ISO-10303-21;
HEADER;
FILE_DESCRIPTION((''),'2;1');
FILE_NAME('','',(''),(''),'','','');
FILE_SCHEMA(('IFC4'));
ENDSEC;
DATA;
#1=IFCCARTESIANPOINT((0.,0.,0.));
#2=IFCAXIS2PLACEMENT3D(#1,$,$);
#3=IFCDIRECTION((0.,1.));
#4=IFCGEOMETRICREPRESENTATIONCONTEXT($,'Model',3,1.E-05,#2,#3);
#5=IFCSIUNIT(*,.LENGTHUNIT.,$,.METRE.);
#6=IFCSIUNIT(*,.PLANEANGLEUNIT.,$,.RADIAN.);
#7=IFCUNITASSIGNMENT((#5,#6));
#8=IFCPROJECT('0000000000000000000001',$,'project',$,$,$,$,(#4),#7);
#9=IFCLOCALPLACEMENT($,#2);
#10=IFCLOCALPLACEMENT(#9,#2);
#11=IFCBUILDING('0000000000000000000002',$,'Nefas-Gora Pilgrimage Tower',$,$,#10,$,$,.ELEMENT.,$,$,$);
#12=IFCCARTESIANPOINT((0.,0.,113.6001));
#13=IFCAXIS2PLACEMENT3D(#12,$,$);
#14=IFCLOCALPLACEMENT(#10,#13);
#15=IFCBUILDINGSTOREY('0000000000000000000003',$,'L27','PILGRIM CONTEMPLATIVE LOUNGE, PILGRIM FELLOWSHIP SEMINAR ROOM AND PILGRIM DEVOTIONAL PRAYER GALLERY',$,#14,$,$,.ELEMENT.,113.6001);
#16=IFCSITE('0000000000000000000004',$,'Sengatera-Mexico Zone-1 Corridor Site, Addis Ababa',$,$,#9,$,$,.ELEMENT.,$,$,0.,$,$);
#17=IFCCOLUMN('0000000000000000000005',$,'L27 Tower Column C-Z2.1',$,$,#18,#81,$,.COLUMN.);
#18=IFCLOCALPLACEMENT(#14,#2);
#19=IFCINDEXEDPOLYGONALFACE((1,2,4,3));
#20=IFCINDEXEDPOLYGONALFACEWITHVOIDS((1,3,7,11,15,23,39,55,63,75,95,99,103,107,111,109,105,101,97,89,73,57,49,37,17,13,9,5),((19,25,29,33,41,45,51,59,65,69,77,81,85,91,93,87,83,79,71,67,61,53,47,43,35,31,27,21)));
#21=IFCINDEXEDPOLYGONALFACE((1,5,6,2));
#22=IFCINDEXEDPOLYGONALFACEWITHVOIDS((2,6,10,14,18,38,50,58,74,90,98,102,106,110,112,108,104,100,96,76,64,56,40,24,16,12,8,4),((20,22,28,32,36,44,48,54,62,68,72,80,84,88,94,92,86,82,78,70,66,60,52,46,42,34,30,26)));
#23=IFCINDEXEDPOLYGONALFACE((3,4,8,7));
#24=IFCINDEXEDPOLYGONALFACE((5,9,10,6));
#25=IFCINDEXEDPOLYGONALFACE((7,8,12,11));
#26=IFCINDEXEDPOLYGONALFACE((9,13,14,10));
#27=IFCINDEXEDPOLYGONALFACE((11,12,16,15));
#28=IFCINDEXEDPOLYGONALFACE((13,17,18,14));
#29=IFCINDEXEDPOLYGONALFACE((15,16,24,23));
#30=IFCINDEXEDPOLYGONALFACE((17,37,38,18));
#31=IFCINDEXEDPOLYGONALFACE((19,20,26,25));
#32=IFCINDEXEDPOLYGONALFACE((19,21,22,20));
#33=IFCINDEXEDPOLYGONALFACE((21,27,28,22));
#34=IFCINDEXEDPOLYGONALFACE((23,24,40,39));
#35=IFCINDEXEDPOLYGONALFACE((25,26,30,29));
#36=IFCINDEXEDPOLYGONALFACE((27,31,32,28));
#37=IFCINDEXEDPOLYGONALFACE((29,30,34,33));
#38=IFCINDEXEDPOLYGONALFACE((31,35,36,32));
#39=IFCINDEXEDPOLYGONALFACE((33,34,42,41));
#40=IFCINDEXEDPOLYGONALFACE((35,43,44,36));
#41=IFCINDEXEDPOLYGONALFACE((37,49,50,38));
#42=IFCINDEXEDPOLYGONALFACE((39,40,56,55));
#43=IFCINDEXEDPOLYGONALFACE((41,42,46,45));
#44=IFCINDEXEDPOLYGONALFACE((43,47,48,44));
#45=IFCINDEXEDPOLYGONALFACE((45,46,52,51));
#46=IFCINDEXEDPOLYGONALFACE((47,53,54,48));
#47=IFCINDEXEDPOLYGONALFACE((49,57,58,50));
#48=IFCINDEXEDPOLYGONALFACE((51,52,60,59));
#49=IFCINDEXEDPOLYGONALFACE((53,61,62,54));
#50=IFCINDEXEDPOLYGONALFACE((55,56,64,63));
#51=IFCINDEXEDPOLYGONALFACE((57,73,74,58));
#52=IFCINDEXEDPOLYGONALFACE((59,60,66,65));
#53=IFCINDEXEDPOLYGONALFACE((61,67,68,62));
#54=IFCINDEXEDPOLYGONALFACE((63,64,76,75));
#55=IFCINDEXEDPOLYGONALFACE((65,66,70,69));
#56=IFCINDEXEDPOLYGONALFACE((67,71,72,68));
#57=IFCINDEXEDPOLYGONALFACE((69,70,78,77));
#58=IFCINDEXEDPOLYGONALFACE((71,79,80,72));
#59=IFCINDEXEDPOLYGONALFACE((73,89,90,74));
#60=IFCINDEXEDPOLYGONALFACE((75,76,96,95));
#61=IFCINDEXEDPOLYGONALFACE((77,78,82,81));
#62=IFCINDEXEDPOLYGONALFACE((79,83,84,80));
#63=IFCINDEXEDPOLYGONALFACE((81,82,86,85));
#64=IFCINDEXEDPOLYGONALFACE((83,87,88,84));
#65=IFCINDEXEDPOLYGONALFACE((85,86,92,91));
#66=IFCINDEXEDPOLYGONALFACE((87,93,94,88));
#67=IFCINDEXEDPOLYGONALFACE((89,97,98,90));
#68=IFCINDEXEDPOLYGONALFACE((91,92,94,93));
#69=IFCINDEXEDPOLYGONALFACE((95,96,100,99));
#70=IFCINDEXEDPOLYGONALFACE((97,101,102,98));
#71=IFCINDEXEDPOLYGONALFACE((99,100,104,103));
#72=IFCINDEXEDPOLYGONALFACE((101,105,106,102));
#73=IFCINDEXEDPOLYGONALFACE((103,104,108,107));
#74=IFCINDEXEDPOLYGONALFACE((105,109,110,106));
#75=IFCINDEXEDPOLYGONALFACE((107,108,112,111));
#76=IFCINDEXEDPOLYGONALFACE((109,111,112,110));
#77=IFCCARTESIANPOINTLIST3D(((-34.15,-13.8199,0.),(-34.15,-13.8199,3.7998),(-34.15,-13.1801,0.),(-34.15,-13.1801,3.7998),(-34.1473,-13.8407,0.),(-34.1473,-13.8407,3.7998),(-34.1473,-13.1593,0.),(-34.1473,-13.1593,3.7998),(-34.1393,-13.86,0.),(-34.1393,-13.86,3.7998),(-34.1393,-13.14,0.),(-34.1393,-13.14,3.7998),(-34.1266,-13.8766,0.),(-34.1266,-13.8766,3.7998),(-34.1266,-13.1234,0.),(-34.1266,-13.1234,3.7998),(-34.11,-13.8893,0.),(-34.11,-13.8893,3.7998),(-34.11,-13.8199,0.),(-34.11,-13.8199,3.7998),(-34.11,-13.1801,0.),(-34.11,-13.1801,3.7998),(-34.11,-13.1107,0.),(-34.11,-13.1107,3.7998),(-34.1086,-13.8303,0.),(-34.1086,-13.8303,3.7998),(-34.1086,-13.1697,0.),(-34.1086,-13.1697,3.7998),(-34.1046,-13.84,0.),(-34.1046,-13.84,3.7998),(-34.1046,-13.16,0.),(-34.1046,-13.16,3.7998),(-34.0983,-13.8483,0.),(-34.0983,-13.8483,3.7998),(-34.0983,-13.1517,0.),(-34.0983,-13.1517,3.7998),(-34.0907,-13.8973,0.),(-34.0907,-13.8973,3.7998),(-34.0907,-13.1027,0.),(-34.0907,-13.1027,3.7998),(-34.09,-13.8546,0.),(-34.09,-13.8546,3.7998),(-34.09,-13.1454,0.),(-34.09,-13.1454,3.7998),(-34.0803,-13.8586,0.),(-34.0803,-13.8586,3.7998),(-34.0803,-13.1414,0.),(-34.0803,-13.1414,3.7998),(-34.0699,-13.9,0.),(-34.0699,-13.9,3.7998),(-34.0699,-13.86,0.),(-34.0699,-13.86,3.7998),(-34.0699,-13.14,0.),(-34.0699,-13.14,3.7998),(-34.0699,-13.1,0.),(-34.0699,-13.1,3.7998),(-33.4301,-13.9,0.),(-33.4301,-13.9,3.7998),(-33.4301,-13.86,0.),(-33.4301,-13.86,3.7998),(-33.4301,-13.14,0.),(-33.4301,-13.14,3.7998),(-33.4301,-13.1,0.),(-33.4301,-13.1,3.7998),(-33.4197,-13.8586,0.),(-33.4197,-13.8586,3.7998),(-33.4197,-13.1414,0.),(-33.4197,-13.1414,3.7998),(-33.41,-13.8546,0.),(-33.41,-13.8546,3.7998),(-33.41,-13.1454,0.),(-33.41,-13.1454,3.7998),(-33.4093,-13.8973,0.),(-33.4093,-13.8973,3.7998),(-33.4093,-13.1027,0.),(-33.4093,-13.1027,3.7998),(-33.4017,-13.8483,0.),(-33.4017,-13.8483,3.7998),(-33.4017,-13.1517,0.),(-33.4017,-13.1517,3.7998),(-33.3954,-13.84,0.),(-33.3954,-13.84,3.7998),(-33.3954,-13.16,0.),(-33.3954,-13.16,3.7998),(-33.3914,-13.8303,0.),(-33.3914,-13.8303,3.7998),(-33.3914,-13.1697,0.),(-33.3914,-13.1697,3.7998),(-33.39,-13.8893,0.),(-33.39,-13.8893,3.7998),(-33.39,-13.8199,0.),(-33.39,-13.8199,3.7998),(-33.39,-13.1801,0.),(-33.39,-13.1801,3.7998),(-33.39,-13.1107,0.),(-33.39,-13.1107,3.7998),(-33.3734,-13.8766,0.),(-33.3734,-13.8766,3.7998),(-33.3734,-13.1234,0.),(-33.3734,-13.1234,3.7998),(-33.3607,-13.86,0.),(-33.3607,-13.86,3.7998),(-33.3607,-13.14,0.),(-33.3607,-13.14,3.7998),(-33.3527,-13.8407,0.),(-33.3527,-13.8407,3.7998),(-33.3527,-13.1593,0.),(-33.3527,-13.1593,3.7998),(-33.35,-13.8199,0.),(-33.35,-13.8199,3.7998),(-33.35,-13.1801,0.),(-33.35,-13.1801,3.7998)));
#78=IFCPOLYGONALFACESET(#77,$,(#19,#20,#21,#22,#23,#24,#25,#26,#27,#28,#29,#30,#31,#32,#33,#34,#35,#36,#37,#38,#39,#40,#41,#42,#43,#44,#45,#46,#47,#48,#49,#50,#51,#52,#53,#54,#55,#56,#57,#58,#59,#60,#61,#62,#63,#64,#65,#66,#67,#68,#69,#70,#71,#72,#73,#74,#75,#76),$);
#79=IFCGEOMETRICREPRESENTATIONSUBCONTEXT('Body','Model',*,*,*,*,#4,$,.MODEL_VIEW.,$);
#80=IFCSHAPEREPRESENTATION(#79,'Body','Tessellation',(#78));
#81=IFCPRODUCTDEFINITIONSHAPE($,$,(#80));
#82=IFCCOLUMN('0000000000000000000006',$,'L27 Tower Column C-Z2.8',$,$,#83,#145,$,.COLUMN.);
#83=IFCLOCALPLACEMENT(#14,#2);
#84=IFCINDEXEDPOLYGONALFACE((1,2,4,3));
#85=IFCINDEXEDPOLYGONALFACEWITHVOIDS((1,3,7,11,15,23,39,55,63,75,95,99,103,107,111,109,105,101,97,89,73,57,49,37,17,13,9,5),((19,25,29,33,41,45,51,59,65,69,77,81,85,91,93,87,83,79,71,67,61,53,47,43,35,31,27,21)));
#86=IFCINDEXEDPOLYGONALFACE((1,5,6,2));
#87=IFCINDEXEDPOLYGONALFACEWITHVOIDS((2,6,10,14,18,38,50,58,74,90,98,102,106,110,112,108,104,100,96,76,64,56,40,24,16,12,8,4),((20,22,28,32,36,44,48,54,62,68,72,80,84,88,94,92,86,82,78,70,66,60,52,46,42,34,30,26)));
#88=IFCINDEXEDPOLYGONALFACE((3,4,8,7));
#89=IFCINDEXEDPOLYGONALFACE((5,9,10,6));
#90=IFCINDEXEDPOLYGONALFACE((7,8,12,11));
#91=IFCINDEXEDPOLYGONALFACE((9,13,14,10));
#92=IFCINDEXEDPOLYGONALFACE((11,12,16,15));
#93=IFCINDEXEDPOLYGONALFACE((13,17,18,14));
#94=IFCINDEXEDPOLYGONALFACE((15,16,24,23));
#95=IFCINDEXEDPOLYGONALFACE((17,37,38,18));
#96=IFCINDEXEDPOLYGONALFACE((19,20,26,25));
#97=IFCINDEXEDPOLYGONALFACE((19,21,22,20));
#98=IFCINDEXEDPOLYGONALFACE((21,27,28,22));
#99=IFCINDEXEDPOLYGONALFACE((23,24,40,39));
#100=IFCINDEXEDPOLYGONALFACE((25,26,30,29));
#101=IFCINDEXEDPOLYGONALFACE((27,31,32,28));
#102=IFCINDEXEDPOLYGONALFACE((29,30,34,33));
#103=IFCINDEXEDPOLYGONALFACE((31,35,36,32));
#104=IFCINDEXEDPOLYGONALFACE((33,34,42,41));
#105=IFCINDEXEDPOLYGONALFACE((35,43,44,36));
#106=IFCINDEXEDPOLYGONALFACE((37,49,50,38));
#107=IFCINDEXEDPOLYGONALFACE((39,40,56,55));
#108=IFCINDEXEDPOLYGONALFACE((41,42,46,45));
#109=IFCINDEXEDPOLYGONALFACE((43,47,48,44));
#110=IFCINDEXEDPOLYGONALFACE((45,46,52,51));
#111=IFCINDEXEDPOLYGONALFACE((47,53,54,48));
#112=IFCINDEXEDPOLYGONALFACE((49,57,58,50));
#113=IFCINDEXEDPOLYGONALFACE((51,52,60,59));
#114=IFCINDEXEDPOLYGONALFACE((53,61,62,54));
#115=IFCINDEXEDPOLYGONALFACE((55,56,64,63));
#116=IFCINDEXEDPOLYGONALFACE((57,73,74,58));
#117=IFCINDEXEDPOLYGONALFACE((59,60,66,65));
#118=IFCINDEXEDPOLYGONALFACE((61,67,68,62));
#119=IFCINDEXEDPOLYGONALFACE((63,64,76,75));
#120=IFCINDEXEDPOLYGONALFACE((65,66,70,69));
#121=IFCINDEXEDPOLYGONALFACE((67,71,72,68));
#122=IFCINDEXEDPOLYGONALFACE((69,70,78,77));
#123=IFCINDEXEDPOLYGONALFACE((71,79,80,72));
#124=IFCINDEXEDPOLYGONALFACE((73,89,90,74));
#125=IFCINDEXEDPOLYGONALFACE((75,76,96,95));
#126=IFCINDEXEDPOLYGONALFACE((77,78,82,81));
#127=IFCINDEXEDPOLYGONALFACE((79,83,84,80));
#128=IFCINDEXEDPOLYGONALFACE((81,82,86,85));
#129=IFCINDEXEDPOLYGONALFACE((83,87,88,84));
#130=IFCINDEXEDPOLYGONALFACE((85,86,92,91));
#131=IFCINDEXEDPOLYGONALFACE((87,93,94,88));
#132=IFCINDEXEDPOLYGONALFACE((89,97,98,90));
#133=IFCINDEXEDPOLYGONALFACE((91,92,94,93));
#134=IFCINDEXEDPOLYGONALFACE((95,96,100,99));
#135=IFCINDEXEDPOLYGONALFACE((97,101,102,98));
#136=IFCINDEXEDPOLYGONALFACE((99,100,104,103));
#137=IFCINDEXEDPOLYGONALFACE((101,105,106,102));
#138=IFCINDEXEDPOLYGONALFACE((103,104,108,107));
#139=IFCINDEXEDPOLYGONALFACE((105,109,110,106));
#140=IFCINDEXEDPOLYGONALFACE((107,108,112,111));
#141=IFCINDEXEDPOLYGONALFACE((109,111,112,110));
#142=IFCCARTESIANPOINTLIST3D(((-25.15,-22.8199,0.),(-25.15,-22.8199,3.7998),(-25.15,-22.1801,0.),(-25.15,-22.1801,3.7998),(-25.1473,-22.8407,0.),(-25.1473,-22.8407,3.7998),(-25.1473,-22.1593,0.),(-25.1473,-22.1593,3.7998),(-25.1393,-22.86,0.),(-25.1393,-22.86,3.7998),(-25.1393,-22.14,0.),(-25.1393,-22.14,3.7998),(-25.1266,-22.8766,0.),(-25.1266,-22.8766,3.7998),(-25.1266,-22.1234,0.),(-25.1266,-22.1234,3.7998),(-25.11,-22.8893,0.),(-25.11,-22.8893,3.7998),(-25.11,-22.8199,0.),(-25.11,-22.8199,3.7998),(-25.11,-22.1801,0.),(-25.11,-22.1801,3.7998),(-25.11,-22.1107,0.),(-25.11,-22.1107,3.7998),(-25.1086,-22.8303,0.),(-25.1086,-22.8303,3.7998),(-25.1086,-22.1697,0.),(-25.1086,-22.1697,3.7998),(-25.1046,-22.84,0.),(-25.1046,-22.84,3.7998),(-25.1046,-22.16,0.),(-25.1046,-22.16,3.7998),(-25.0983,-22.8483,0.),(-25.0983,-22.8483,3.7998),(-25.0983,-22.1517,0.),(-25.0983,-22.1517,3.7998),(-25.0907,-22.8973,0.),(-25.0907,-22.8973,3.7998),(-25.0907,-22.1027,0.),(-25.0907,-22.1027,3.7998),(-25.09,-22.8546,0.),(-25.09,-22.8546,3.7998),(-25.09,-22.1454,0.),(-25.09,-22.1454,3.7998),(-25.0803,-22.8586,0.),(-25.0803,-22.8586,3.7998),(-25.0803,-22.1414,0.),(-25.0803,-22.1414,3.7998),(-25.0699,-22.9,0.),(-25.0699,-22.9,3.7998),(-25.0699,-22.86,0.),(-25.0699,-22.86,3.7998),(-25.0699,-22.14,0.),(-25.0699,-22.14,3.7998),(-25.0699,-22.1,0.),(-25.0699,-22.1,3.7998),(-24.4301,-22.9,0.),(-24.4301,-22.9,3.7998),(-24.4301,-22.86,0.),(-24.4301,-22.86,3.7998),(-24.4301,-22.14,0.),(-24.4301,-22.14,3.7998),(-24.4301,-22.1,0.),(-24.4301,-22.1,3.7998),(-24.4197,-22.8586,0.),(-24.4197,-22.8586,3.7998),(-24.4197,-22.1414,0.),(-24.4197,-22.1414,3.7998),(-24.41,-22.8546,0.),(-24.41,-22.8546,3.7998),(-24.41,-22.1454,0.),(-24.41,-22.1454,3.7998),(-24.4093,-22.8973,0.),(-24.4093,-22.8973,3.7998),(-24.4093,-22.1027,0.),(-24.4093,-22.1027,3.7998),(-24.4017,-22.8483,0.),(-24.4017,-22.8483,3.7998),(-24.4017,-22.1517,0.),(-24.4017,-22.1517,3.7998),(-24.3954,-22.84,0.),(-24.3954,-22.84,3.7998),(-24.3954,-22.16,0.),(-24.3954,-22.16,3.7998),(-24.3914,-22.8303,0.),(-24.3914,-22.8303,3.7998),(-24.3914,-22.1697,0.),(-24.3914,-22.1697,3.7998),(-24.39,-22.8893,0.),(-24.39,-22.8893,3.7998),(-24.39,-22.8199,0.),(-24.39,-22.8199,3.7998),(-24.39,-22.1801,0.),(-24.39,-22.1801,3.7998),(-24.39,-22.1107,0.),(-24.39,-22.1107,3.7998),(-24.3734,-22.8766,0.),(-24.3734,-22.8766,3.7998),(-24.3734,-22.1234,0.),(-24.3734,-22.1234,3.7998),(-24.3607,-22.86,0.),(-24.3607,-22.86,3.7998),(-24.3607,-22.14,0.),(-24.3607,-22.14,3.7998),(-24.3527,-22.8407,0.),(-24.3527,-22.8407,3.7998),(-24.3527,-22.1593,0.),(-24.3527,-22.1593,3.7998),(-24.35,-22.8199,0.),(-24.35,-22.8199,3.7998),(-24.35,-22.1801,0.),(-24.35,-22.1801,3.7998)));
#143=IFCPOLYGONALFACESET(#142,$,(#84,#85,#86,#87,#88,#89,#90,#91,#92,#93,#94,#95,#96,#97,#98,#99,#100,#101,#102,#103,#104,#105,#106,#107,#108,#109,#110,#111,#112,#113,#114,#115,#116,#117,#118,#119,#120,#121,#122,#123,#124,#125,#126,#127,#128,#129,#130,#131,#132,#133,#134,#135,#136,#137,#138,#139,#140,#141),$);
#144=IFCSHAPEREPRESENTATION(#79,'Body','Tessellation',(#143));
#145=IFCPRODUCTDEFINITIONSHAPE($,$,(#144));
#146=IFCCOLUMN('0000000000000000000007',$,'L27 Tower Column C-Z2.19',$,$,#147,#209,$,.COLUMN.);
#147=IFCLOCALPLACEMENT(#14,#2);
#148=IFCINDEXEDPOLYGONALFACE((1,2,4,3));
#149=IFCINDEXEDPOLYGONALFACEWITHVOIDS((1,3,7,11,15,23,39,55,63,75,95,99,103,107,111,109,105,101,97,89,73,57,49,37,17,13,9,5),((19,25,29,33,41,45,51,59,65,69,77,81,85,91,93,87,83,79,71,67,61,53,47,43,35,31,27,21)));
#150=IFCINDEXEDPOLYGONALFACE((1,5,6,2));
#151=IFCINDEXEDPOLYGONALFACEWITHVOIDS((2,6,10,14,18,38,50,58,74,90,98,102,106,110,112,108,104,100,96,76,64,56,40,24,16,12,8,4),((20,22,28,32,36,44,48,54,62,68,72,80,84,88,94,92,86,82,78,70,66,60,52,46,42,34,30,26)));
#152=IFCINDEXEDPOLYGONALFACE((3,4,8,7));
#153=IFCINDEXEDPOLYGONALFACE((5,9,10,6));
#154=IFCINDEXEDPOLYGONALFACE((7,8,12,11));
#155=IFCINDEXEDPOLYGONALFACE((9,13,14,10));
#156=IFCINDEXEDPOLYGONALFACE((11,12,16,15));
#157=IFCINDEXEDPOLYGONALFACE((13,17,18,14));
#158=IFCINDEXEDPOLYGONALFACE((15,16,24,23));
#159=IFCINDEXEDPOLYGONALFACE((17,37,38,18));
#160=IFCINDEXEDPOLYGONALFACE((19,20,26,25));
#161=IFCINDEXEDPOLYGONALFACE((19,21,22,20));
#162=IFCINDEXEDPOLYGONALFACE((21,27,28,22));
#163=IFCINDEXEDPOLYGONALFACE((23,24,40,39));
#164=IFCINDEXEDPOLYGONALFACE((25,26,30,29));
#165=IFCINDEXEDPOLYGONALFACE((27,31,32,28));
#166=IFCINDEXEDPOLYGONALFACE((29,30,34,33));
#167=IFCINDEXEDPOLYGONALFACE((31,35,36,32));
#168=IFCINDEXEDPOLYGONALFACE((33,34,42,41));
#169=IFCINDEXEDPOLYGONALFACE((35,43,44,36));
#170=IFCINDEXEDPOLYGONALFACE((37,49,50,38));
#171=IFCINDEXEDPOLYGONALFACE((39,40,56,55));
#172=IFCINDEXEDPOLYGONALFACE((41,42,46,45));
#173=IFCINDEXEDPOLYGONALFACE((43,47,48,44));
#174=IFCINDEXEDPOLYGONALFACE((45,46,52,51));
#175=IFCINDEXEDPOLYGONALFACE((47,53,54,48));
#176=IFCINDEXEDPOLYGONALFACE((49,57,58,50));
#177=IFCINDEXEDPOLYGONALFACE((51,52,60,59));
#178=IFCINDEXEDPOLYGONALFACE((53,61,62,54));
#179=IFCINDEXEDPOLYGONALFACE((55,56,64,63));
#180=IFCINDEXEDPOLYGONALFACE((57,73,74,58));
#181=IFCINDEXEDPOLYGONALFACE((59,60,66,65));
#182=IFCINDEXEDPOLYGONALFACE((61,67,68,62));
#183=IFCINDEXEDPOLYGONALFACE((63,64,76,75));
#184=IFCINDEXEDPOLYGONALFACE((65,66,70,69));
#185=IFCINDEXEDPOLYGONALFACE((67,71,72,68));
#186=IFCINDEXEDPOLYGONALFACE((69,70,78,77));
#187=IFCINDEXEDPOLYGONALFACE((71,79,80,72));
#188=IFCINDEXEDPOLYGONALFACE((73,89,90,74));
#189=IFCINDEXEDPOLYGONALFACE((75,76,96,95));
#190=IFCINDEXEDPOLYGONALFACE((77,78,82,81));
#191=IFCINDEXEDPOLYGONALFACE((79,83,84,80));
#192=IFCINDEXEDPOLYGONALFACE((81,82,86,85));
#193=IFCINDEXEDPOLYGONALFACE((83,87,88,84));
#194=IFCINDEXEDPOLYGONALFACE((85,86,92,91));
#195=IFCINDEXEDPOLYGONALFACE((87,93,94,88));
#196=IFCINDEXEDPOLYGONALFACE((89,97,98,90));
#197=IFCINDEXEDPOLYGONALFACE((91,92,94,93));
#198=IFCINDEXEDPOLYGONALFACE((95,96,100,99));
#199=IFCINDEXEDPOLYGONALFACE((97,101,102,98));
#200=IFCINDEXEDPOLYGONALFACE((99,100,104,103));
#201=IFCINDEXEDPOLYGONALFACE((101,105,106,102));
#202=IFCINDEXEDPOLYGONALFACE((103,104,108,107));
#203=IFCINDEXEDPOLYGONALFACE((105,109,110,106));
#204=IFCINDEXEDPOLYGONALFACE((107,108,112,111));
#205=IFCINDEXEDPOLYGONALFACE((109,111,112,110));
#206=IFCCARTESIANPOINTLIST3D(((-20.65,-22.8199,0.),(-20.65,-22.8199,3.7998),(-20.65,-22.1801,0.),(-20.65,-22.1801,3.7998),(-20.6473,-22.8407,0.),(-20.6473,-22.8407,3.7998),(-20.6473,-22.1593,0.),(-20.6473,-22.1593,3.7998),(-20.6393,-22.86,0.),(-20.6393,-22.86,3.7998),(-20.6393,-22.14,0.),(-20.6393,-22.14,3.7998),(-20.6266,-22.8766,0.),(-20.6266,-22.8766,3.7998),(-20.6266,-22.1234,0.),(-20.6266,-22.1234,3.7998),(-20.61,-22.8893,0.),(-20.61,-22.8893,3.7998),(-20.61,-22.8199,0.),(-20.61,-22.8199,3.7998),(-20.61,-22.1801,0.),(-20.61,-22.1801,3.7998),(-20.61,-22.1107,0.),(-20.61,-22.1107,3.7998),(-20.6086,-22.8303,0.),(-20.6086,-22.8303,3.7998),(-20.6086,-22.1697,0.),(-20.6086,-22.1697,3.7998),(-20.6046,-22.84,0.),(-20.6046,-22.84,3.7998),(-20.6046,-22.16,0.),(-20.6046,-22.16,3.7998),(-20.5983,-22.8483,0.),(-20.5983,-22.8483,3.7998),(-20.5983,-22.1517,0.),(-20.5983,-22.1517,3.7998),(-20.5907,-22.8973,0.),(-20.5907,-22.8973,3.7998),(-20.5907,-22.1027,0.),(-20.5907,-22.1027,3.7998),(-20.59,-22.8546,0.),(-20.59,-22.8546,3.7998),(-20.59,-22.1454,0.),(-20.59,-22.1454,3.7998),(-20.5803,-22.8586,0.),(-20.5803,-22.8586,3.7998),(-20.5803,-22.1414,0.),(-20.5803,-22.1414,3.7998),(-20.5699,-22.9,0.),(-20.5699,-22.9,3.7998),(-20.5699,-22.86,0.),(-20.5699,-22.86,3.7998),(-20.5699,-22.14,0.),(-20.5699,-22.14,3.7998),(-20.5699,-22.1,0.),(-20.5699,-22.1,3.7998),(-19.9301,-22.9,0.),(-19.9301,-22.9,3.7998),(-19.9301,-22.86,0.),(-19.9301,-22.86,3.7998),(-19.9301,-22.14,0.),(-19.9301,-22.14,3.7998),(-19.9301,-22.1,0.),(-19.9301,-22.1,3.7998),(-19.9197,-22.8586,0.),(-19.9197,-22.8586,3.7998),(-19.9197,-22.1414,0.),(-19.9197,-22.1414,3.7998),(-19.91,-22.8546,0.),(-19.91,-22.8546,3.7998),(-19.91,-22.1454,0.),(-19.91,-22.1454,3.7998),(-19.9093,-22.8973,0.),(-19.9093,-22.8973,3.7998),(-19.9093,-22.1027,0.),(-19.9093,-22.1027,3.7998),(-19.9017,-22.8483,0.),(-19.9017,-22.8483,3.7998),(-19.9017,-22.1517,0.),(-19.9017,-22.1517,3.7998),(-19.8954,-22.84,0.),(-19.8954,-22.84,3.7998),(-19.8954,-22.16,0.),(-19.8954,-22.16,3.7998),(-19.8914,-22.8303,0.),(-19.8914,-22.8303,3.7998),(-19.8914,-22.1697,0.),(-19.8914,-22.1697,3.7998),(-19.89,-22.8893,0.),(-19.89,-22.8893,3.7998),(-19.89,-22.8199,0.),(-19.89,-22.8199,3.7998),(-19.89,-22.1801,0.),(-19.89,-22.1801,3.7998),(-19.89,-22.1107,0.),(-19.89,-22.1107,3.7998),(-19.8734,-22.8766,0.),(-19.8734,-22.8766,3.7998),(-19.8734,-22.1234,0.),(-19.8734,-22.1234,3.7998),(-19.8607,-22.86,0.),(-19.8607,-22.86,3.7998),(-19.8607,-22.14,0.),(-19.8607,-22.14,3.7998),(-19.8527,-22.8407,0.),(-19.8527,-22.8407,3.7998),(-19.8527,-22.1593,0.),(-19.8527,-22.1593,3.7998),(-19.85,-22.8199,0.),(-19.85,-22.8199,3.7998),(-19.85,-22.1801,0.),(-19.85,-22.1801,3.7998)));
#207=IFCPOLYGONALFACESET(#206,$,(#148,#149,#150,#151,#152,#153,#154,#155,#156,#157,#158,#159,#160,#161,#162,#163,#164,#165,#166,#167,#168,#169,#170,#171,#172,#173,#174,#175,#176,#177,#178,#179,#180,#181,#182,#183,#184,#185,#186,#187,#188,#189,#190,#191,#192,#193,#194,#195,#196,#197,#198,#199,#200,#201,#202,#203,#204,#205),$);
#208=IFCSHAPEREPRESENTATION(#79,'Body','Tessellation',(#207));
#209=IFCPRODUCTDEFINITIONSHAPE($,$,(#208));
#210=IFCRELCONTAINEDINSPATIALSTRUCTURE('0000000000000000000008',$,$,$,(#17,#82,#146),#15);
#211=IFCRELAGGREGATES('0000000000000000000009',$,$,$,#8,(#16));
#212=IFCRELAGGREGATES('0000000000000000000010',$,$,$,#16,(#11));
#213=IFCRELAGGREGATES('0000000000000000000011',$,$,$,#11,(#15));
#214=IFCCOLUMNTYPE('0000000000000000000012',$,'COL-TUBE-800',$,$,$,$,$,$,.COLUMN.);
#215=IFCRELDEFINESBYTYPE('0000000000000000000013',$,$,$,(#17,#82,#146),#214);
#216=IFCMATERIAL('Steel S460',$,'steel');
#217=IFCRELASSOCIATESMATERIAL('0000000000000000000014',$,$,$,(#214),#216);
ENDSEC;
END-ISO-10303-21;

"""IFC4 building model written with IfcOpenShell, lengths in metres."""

from ifc_helpers import new_model, si_unit, direction, frame, origin, origin_2d, place, context, subcontext, project, spatial, hollow_rectangle, extrude, source, transform, mapped, material, material_profile, profile_set, type_object, element, save


model = new_model("IFC4")

# Units and contexts
model_context = context("Model", 3, precision=1e-05, world=origin(), true_north=direction((0.0, 1.0)))
body_context = subcontext(model_context, "Body", "Model", "MODEL_VIEW")
ifc_project = project(units=[si_unit("LENGTHUNIT", "METRE"), si_unit("PLANEANGLEUNIT", "RADIAN")], contexts=[model_context])

# Site, building, storey
site_placement = place(None, origin())
site = spatial("IfcSite", under=ifc_project, at=site_placement, Name="Sengatera-Mexico Zone-1 Corridor Site, Addis Ababa", CompositionType="ELEMENT", RefElevation=0.0)
building_placement = place(site_placement, origin())
building = spatial("IfcBuilding", under=site, at=building_placement, Name="Nefas-Gora Pilgrimage Tower", CompositionType="ELEMENT")
storey_placement = place(building_placement, frame((0.0, 0.0, 113.6001)))
storey = spatial("IfcBuildingStorey", under=building, at=storey_placement, Name="L27", Description="PILGRIM CONTEMPLATIVE LOUNGE, PILGRIM FELLOWSHIP SEMINAR ROOM AND PILGRIM DEVOTIONAL PRAYER GALLERY", CompositionType="ELEMENT", Elevation=113.6001)

# Columns
ifc_material_1 = material(Name="Steel S460", Category="steel")
ifc_material_profile_1 = material_profile(ifc_material_1, hollow_rectangle(XDim=0.8, YDim=0.8, WallThickness=0.04, InnerFilletRadius=0.04, OuterFilletRadius=0.0801, at=origin_2d()), Name="BOX 800x800x40")
ifc_profile_set_1 = profile_set([ifc_material_profile_1], Name="Steel S460")
column_type_1 = type_object("IfcColumnType", Name="COL-TUBE-800", PredefinedType="COLUMN", material=ifc_profile_set_1)
shared_shape_1 = source(origin(), body_context, "Body", "SweptSolid", [
    extrude(hollow_rectangle(XDim=0.8, YDim=0.8, WallThickness=0.04, InnerFilletRadius=0.04, OuterFilletRadius=0.0801, at=origin_2d()), origin(), (0.0, 0.0, 1.0), 3.7998),
])
for number, where, z_axis, x_axis, name in (
    (1, (-33.75, -13.5, 0.0), (0.0, 0.0, 1.0), (1.0, 0.0, 0.0), "L27 Tower Column C-Z2.1"),
    (2, (-24.75, -22.5, 0.0), (0.0, 0.0, 1.0), (1.0, 0.0, 0.0), "L27 Tower Column C-Z2.8"),
    (3, (-20.25, -22.5, 0.0), (0.0, 0.0, 1.0), (1.0, 0.0, 0.0), "L27 Tower Column C-Z2.19"),
):
    element("IfcColumn", number, at=place(storey_placement, frame(where, z_axis=z_axis, x_axis=x_axis)), inside=storey, type_object=column_type_1, Name=name, PredefinedType="COLUMN", context=body_context, shape_type="MappedRepresentation", body=[
        mapped(shared_shape_1, transform((0.0, 0.0, 0.0), x_axis=(1.0, 0.0, 0.0), y_axis=(0.0, 1.0, 0.0), z_axis=(0.0, 0.0, 1.0), scale=1.0)),
    ])

save(model, "model.ifc")
